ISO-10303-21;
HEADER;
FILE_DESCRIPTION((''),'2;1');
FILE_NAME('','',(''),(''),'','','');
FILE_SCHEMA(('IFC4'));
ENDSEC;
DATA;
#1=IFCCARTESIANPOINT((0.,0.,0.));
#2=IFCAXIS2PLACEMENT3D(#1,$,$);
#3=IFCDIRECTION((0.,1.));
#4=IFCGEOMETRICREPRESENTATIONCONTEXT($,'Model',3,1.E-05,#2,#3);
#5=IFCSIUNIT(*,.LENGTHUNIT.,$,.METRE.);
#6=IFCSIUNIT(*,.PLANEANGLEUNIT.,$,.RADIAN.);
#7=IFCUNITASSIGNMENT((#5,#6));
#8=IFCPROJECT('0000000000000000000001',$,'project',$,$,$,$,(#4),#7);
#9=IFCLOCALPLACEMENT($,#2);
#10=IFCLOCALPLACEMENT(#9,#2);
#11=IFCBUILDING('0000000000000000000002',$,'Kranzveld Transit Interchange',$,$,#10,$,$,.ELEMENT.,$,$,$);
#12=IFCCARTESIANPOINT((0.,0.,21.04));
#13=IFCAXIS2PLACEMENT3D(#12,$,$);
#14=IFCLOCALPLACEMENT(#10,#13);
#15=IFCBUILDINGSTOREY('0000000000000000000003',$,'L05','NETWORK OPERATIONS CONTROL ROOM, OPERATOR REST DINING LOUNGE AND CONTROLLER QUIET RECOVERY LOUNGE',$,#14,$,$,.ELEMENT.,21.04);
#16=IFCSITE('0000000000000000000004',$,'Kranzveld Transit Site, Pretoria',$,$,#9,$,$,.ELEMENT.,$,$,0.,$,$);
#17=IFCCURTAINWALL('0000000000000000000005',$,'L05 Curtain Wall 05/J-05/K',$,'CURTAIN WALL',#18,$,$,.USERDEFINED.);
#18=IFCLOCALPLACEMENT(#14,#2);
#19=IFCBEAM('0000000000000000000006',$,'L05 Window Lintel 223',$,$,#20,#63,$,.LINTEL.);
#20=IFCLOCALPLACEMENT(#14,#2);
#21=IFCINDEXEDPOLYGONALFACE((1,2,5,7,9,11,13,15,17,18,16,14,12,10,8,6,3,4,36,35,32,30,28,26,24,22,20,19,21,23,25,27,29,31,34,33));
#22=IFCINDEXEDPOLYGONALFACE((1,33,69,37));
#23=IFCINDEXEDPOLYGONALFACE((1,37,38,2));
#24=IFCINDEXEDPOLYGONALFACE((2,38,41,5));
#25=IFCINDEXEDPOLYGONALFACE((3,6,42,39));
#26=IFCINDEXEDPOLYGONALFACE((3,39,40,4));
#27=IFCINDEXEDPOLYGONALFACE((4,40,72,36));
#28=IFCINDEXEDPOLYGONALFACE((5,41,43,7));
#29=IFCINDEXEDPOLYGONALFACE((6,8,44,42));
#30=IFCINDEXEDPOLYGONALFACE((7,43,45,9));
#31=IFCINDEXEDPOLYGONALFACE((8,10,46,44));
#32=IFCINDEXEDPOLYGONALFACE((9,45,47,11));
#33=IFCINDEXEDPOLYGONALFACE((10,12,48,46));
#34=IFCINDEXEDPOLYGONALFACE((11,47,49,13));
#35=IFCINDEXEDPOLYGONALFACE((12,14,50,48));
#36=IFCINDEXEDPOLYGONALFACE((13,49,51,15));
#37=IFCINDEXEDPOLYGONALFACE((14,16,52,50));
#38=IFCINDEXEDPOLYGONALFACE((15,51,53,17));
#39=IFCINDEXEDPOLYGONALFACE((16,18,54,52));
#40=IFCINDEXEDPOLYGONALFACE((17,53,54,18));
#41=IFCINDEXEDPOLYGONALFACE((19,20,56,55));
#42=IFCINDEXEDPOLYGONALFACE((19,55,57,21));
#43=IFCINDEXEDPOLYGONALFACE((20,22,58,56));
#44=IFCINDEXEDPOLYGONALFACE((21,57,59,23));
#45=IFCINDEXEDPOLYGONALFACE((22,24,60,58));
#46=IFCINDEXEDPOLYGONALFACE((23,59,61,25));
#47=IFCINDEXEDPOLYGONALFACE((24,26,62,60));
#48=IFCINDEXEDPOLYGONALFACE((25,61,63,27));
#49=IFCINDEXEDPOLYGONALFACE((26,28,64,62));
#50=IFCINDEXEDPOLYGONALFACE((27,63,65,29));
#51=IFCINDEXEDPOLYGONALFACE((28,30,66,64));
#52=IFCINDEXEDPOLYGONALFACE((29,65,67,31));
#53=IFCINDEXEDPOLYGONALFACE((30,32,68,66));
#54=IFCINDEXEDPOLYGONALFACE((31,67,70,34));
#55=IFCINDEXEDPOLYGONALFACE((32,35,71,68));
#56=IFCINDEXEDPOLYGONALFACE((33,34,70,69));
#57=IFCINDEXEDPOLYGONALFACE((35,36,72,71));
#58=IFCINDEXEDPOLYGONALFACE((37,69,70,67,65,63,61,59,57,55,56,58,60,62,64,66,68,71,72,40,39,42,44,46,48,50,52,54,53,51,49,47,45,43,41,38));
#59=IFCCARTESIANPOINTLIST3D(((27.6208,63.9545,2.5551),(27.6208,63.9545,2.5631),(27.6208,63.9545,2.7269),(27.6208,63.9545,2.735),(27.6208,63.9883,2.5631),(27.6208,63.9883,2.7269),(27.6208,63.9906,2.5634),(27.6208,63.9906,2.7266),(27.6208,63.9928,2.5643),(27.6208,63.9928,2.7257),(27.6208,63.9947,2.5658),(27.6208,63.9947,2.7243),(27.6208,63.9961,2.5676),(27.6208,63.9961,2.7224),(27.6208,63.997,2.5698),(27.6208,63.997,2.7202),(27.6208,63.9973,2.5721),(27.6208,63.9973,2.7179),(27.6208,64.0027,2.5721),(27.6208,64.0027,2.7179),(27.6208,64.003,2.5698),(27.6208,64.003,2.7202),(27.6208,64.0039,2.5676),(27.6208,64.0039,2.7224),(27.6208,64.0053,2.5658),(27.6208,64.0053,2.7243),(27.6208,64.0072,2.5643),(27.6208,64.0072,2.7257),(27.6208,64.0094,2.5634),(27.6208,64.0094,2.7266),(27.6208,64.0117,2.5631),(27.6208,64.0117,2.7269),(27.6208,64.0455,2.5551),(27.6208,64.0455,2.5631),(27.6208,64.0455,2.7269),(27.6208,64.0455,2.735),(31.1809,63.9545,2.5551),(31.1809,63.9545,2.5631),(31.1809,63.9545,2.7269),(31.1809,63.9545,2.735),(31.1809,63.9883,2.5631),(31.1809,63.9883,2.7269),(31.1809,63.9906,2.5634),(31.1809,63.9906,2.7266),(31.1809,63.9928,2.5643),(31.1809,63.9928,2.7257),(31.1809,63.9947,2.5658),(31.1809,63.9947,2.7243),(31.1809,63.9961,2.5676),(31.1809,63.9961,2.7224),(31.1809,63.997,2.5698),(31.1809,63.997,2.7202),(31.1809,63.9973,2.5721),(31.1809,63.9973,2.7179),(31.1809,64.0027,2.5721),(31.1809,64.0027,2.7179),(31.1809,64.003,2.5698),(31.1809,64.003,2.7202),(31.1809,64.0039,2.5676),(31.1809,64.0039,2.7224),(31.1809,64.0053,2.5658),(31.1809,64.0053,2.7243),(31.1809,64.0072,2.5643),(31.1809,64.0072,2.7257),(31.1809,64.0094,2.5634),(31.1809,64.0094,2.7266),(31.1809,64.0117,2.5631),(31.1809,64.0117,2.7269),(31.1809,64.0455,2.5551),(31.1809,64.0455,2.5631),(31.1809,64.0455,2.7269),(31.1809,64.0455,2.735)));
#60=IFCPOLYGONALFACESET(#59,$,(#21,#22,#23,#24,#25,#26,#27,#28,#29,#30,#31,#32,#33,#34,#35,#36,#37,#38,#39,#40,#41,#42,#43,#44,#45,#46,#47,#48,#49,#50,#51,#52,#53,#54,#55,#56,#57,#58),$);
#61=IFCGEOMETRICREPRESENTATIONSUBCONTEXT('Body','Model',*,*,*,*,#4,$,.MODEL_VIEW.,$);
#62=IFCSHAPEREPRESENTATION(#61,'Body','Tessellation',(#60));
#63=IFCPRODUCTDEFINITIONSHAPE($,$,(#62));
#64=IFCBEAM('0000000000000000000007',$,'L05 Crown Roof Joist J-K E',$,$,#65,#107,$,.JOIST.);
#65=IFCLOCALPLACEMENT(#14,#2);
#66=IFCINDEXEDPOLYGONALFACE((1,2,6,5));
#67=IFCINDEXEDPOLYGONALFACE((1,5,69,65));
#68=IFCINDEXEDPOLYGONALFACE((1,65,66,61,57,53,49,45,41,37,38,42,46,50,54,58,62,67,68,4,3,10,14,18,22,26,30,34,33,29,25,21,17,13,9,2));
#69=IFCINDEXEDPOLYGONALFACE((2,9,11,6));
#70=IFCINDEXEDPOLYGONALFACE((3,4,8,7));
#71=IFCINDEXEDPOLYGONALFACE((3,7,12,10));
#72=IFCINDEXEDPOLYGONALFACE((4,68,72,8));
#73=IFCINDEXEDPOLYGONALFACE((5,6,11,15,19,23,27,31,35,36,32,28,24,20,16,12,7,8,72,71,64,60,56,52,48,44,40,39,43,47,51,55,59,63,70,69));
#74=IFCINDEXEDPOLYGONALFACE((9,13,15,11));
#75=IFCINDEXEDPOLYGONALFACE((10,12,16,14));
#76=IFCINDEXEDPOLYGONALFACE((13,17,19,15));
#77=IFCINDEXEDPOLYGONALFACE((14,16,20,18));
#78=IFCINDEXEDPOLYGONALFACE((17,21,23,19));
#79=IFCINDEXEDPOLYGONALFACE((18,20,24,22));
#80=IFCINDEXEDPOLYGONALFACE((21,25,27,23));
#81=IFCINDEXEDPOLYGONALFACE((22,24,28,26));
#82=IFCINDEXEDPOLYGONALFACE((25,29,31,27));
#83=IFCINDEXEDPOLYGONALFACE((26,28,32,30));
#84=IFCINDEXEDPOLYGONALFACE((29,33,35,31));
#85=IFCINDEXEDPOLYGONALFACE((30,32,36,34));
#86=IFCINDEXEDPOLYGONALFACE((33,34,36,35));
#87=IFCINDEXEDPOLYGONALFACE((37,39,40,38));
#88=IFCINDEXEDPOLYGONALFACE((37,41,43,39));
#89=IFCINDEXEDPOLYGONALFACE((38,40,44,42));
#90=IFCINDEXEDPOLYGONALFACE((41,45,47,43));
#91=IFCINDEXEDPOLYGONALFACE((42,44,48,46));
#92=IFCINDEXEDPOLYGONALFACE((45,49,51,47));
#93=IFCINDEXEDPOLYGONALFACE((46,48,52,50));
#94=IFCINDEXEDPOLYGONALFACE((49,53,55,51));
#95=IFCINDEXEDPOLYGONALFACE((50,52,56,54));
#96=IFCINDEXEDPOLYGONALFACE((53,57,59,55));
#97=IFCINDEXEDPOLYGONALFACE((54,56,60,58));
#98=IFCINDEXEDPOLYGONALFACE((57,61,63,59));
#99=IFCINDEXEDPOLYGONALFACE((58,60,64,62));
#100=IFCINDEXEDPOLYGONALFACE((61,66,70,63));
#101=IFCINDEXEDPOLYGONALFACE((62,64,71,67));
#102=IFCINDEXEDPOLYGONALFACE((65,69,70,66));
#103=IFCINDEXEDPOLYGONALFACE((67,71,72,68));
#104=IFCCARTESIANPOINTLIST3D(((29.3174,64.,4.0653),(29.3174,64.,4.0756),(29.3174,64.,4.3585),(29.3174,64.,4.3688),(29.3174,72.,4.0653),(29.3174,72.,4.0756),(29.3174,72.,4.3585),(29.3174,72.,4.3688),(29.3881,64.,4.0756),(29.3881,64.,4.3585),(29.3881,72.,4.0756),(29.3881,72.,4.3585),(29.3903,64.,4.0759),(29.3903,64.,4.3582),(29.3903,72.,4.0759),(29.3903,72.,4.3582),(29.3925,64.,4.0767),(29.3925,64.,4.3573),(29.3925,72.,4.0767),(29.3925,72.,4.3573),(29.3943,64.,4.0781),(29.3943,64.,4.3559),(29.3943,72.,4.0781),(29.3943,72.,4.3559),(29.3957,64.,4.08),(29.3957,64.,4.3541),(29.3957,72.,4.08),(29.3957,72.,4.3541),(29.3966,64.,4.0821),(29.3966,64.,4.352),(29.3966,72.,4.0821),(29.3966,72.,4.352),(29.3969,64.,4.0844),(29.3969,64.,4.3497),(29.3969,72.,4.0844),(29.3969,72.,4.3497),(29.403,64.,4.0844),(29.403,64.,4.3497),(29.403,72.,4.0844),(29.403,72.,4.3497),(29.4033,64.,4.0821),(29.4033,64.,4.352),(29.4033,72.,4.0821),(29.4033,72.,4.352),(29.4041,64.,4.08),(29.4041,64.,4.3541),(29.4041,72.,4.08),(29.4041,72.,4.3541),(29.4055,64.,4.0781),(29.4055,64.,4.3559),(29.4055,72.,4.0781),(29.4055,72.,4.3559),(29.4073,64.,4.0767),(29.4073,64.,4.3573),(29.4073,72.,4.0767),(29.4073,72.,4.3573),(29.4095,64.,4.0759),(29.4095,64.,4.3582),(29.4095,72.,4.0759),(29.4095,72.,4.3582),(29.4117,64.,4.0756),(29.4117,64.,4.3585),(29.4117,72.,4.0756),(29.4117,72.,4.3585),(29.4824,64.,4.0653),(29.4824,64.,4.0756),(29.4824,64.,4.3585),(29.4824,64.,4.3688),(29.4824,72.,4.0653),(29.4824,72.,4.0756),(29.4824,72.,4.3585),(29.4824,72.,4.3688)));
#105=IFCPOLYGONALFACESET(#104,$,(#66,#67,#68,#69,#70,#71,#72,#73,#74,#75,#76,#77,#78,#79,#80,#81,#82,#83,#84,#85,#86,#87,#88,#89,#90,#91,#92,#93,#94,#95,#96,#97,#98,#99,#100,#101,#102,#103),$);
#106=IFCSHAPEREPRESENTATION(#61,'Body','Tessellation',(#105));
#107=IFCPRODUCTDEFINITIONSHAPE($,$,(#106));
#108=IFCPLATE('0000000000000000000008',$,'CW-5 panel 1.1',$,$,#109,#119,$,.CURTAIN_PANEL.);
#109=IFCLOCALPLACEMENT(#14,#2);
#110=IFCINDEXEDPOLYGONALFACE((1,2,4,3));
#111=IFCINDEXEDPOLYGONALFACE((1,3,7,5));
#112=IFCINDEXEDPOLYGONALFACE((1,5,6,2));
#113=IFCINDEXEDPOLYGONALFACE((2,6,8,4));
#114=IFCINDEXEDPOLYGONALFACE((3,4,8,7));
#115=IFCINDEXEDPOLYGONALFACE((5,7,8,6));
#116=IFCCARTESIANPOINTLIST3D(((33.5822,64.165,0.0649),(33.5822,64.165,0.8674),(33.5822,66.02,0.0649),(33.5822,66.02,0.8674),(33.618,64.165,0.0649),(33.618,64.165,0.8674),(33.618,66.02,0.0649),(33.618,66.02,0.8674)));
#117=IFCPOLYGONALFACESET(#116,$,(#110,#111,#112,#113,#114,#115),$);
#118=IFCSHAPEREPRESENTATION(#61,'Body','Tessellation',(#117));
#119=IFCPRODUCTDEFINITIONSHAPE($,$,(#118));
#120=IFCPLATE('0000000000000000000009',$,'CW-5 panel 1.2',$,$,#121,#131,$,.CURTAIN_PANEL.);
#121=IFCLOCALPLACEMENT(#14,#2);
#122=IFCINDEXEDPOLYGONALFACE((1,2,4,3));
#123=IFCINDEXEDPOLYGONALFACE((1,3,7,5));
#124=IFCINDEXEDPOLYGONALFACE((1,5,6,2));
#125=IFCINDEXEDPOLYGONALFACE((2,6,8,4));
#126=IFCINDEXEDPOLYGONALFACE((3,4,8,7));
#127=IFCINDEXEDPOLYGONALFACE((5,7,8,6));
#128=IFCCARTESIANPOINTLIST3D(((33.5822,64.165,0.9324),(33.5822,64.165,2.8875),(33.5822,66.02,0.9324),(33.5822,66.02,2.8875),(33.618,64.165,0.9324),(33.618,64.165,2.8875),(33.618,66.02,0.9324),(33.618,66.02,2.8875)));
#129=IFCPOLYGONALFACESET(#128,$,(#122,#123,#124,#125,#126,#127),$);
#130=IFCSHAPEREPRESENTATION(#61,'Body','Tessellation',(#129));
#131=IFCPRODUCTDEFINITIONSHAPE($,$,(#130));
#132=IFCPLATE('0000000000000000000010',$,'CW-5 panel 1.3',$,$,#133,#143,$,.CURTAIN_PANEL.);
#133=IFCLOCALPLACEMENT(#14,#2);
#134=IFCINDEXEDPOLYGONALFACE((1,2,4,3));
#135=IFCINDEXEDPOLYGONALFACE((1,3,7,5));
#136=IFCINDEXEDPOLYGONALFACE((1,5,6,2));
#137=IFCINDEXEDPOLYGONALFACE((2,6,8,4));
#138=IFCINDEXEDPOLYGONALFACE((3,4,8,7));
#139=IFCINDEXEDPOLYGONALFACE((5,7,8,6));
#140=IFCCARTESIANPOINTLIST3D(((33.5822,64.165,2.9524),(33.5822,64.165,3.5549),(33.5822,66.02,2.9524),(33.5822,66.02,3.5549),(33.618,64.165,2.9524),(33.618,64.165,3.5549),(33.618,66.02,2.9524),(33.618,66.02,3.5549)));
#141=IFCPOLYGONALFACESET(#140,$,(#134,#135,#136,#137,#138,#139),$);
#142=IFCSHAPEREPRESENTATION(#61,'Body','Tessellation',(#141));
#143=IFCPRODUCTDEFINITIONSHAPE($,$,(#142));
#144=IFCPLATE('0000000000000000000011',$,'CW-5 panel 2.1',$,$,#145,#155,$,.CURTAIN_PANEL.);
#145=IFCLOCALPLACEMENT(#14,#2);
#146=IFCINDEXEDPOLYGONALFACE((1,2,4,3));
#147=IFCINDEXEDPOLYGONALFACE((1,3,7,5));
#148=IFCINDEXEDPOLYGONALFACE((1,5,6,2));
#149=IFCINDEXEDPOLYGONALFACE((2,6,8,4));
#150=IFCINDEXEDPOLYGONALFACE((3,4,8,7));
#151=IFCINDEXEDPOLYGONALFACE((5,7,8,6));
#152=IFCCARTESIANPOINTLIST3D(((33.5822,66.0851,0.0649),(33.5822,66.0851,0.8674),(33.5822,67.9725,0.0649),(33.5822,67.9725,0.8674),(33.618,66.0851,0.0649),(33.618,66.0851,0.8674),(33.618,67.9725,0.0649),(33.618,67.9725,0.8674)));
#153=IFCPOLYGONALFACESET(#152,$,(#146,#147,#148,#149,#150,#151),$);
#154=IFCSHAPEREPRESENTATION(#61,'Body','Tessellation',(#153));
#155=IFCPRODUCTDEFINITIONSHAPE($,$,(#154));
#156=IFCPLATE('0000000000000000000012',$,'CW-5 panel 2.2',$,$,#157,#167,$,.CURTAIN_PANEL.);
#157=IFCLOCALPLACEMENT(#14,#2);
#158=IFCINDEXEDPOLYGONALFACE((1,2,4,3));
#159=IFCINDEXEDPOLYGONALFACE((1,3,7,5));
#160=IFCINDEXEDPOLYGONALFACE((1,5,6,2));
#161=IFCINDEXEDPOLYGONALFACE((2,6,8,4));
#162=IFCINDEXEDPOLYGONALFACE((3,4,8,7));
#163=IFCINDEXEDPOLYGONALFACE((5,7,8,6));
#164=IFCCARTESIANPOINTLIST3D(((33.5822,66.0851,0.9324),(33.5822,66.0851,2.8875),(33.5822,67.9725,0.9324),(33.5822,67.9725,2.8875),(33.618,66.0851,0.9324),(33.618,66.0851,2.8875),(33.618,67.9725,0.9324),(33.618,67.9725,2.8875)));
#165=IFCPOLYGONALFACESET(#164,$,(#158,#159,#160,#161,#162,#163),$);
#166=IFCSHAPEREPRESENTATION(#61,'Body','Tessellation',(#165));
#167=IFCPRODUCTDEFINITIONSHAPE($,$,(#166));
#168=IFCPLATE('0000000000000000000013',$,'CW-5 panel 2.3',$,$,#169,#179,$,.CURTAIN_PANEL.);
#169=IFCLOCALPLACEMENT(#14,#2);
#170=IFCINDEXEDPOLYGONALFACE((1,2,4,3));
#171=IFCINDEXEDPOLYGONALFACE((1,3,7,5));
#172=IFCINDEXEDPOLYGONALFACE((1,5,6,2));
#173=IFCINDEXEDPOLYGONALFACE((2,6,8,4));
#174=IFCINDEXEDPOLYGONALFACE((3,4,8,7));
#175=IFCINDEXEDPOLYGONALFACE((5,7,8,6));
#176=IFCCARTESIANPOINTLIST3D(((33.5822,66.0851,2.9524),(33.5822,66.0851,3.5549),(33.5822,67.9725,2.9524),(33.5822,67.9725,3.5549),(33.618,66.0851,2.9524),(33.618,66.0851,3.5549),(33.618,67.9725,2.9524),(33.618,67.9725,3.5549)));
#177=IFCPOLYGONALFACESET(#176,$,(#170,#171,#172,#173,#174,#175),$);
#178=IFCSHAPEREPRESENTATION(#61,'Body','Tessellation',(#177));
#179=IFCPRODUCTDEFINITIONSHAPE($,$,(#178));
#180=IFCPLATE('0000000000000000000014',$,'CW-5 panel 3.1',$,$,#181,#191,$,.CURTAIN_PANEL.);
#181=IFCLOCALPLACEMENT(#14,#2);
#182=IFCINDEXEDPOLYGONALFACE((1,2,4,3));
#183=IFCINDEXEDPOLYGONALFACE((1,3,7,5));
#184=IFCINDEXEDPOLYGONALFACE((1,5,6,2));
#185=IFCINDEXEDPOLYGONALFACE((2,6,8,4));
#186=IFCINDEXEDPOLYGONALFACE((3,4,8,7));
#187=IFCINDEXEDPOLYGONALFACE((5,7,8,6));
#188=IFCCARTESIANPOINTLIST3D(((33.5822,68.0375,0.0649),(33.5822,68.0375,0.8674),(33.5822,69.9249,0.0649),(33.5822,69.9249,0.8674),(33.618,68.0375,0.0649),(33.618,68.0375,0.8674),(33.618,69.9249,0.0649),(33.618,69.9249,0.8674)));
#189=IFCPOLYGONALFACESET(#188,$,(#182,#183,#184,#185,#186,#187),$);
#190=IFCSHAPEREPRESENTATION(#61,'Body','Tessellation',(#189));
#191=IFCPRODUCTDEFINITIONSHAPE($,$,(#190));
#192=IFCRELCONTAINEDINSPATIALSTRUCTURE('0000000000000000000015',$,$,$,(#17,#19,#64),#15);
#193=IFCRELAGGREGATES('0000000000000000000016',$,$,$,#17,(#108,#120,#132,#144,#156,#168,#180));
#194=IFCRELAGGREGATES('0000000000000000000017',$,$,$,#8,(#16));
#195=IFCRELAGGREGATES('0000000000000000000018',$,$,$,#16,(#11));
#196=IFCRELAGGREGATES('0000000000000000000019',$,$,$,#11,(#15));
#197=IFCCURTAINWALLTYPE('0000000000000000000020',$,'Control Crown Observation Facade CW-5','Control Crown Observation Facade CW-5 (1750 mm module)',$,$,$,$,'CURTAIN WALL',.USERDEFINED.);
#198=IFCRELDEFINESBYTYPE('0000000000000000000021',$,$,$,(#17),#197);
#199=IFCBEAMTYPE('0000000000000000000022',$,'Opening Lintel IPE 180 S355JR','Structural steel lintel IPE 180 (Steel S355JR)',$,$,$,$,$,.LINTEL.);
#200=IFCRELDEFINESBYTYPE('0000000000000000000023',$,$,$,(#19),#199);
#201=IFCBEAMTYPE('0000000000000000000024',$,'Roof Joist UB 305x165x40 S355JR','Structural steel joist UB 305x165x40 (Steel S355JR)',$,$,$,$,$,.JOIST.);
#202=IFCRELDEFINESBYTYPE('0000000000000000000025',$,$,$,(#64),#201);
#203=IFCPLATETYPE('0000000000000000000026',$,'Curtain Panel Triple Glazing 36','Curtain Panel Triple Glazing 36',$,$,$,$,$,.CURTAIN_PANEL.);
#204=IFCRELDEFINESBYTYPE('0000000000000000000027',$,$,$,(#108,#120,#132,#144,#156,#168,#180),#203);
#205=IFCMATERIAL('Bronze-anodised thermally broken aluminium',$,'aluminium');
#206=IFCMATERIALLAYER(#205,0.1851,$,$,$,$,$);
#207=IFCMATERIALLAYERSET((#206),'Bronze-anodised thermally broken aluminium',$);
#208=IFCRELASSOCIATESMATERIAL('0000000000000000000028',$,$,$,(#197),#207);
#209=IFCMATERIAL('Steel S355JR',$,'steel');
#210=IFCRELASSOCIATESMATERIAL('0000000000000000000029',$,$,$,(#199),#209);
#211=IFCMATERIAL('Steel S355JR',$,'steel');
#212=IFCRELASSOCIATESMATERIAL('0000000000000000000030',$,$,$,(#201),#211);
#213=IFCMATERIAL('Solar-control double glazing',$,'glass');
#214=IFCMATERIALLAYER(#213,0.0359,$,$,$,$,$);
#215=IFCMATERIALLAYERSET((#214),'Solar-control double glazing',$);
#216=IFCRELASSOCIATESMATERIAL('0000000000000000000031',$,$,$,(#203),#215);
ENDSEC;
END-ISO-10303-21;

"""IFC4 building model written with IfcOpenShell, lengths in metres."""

from ifc_helpers import new_model, si_unit, direction, frame, origin, origin_2d, place, context, subcontext, project, spatial, rectangle, i_section, extrude, material, layer, layer_set, material_profile, profile_set, type_object, element, aggregate, save


model = new_model("IFC4")

# Units and contexts
model_context = context("Model", 3, precision=1e-05, world=origin(), true_north=direction((0.0, 1.0)))
body_context = subcontext(model_context, "Body", "Model", "MODEL_VIEW")
ifc_project = project(units=[si_unit("LENGTHUNIT", "METRE"), si_unit("PLANEANGLEUNIT", "RADIAN")], contexts=[model_context])

# Site, building, storey
site_placement = place(None, origin())
site = spatial("IfcSite", under=ifc_project, at=site_placement, Name="Kranzveld Transit Site, Pretoria", CompositionType="ELEMENT", RefElevation=0.0)
building_placement = place(site_placement, origin())
building = spatial("IfcBuilding", under=site, at=building_placement, Name="Kranzveld Transit Interchange", CompositionType="ELEMENT")
storey_placement = place(building_placement, frame((0.0, 0.0, 21.04)))
storey = spatial("IfcBuildingStorey", under=building, at=storey_placement, Name="L05", Description="NETWORK OPERATIONS CONTROL ROOM, OPERATOR REST DINING LOUNGE AND CONTROLLER QUIET RECOVERY LOUNGE", CompositionType="ELEMENT", Elevation=21.04)

# Curtain wall
ifc_material_1 = material(Name="Bronze-anodised thermally broken aluminium", Category="aluminium")
ifc_layer_1 = layer(ifc_material_1, 0.1851)
ifc_layer_set_1 = layer_set([ifc_layer_1], Name="Bronze-anodised thermally broken aluminium")
curtain_wall_type = type_object("IfcCurtainWallType", Name="Control Crown Observation Facade CW-5", Description="Control Crown Observation Facade CW-5 (1750 mm module)", ElementType="CURTAIN WALL", PredefinedType="USERDEFINED", material=ifc_layer_set_1)
curtain_wall_placement = place(storey_placement, origin())
curtain_wall = element("IfcCurtainWall", 1, at=curtain_wall_placement, inside=storey, type_object=curtain_wall_type, Name="L05 Curtain Wall 05/J-05/K", ObjectType="CURTAIN WALL", PredefinedType="USERDEFINED")

# Beams
ifc_material_2 = material(Name="Steel S355JR", Category="steel")
ifc_material_profile_1 = material_profile(ifc_material_2, i_section(OverallWidth=0.0911, OverallDepth=0.1799, WebThickness=0.0054, FlangeThickness=0.0081, FilletRadius=0.009, at=origin_2d()), Name="IPE 180")
ifc_profile_set_1 = profile_set([ifc_material_profile_1], Name="Steel S355JR")
beam_type_1 = type_object("IfcBeamType", Name="Opening Lintel IPE 180 S355JR", Description="Structural steel lintel IPE 180 (Steel S355JR)", PredefinedType="LINTEL", material=ifc_profile_set_1)
beam_1_placement = place(storey_placement, frame((27.6208, 64.0, 2.645), z_axis=(1.0, 0.0, 0.0), x_axis=(0.0, 1.0, 0.0)))
element("IfcBeam", 2, at=beam_1_placement, inside=storey, type_object=beam_type_1, Name="L05 Window Lintel 223", PredefinedType="LINTEL", context=body_context, shape_type="SweptSolid", body=[
    extrude(i_section(OverallWidth=0.0911, OverallDepth=0.1799, WebThickness=0.0054, FlangeThickness=0.0081, FilletRadius=0.009, at=origin_2d()), origin(), (0.0, 0.0, 1.0), 3.5601),
])
ifc_material_3 = material(Name="Steel S355JR", Category="steel")
ifc_material_profile_2 = material_profile(ifc_material_3, i_section(OverallWidth=0.165, OverallDepth=0.3035, WebThickness=0.0061, FlangeThickness=0.0103, FilletRadius=0.0088, at=origin_2d()), Name="UB 305x165x40")
ifc_profile_set_2 = profile_set([ifc_material_profile_2], Name="Steel S355JR")
beam_type_2 = type_object("IfcBeamType", Name="Roof Joist UB 305x165x40 S355JR", Description="Structural steel joist UB 305x165x40 (Steel S355JR)", PredefinedType="JOIST", material=ifc_profile_set_2)
beam_2_placement = place(storey_placement, frame((29.3999, 64.0, 4.217), z_axis=(0.0, 1.0, 0.0), x_axis=(-1.0, 0.0, 0.0)))
element("IfcBeam", 3, at=beam_2_placement, inside=storey, type_object=beam_type_2, Name="L05 Crown Roof Joist J-K E", PredefinedType="JOIST", context=body_context, shape_type="SweptSolid", body=[
    extrude(i_section(OverallWidth=0.165, OverallDepth=0.3035, WebThickness=0.0061, FlangeThickness=0.0103, FilletRadius=0.0088, at=origin_2d()), origin(), (0.0, 0.0, 1.0), 8.0),
])

# Plates
ifc_material_4 = material(Name="Solar-control double glazing", Category="glass")
ifc_layer_2 = layer(ifc_material_4, 0.0359)
ifc_layer_set_2 = layer_set([ifc_layer_2], Name="Solar-control double glazing")
plate_type = type_object("IfcPlateType", Name="Curtain Panel Triple Glazing 36", Description="Curtain Panel Triple Glazing 36", PredefinedType="CURTAIN_PANEL", material=ifc_layer_set_2)
plate_1_placement = place(storey_placement, frame((33.6001, 65.0925, 0.0649), z_axis=(0.0, 0.0, 1.0), x_axis=(0.0, 1.0, 0.0)))
plate_1 = element("IfcPlate", 4, at=plate_1_placement, type_object=plate_type, Name="CW-5 panel 1.1", PredefinedType="CURTAIN_PANEL", context=body_context, shape_type="SweptSolid", body=[
    extrude(rectangle(XDim=1.855, YDim=0.0359, at=origin_2d()), origin(), (0.0, 0.0, 1.0), 0.8025),
])
plate_2_placement = place(storey_placement, frame((33.6001, 65.0925, 0.9324), z_axis=(0.0, 0.0, 1.0), x_axis=(0.0, 1.0, 0.0)))
plate_2 = element("IfcPlate", 5, at=plate_2_placement, type_object=plate_type, Name="CW-5 panel 1.2", PredefinedType="CURTAIN_PANEL", context=body_context, shape_type="SweptSolid", body=[
    extrude(rectangle(XDim=1.855, YDim=0.0359, at=origin_2d()), origin(), (0.0, 0.0, 1.0), 1.9551),
])
plate_3_placement = place(storey_placement, frame((33.6001, 65.0925, 2.9524), z_axis=(0.0, 0.0, 1.0), x_axis=(0.0, 1.0, 0.0)))
plate_3 = element("IfcPlate", 6, at=plate_3_placement, type_object=plate_type, Name="CW-5 panel 1.3", PredefinedType="CURTAIN_PANEL", context=body_context, shape_type="SweptSolid", body=[
    extrude(rectangle(XDim=1.855, YDim=0.0359, at=origin_2d()), origin(), (0.0, 0.0, 1.0), 0.6025),
])
plate_4_placement = place(storey_placement, frame((33.6001, 67.0288, 0.0649), z_axis=(0.0, 0.0, 1.0), x_axis=(0.0, 1.0, 0.0)))
plate_4 = element("IfcPlate", 7, at=plate_4_placement, type_object=plate_type, Name="CW-5 panel 2.1", PredefinedType="CURTAIN_PANEL", context=body_context, shape_type="SweptSolid", body=[
    extrude(rectangle(XDim=1.8875, YDim=0.0359, at=origin_2d()), origin(), (0.0, 0.0, 1.0), 0.8025),
])
plate_5_placement = place(storey_placement, frame((33.6001, 67.0288, 0.9324), z_axis=(0.0, 0.0, 1.0), x_axis=(0.0, 1.0, 0.0)))
plate_5 = element("IfcPlate", 8, at=plate_5_placement, type_object=plate_type, Name="CW-5 panel 2.2", PredefinedType="CURTAIN_PANEL", context=body_context, shape_type="SweptSolid", body=[
    extrude(rectangle(XDim=1.8875, YDim=0.0359, at=origin_2d()), origin(), (0.0, 0.0, 1.0), 1.9551),
])
plate_6_placement = place(storey_placement, frame((33.6001, 67.0288, 2.9524), z_axis=(0.0, 0.0, 1.0), x_axis=(0.0, 1.0, 0.0)))
plate_6 = element("IfcPlate", 9, at=plate_6_placement, type_object=plate_type, Name="CW-5 panel 2.3", PredefinedType="CURTAIN_PANEL", context=body_context, shape_type="SweptSolid", body=[
    extrude(rectangle(XDim=1.8875, YDim=0.0359, at=origin_2d()), origin(), (0.0, 0.0, 1.0), 0.6025),
])
plate_7_placement = place(storey_placement, frame((33.6001, 68.9812, 0.0649), z_axis=(0.0, 0.0, 1.0), x_axis=(0.0, 1.0, 0.0)))
plate_7 = element("IfcPlate", 10, at=plate_7_placement, type_object=plate_type, Name="CW-5 panel 3.1", PredefinedType="CURTAIN_PANEL", context=body_context, shape_type="SweptSolid", body=[
    extrude(rectangle(XDim=1.8875, YDim=0.0359, at=origin_2d()), origin(), (0.0, 0.0, 1.0), 0.8025),
])
aggregate(curtain_wall, [plate_1, plate_2, plate_3, plate_4, plate_5, plate_6, plate_7])

save(model, "model.ifc")
